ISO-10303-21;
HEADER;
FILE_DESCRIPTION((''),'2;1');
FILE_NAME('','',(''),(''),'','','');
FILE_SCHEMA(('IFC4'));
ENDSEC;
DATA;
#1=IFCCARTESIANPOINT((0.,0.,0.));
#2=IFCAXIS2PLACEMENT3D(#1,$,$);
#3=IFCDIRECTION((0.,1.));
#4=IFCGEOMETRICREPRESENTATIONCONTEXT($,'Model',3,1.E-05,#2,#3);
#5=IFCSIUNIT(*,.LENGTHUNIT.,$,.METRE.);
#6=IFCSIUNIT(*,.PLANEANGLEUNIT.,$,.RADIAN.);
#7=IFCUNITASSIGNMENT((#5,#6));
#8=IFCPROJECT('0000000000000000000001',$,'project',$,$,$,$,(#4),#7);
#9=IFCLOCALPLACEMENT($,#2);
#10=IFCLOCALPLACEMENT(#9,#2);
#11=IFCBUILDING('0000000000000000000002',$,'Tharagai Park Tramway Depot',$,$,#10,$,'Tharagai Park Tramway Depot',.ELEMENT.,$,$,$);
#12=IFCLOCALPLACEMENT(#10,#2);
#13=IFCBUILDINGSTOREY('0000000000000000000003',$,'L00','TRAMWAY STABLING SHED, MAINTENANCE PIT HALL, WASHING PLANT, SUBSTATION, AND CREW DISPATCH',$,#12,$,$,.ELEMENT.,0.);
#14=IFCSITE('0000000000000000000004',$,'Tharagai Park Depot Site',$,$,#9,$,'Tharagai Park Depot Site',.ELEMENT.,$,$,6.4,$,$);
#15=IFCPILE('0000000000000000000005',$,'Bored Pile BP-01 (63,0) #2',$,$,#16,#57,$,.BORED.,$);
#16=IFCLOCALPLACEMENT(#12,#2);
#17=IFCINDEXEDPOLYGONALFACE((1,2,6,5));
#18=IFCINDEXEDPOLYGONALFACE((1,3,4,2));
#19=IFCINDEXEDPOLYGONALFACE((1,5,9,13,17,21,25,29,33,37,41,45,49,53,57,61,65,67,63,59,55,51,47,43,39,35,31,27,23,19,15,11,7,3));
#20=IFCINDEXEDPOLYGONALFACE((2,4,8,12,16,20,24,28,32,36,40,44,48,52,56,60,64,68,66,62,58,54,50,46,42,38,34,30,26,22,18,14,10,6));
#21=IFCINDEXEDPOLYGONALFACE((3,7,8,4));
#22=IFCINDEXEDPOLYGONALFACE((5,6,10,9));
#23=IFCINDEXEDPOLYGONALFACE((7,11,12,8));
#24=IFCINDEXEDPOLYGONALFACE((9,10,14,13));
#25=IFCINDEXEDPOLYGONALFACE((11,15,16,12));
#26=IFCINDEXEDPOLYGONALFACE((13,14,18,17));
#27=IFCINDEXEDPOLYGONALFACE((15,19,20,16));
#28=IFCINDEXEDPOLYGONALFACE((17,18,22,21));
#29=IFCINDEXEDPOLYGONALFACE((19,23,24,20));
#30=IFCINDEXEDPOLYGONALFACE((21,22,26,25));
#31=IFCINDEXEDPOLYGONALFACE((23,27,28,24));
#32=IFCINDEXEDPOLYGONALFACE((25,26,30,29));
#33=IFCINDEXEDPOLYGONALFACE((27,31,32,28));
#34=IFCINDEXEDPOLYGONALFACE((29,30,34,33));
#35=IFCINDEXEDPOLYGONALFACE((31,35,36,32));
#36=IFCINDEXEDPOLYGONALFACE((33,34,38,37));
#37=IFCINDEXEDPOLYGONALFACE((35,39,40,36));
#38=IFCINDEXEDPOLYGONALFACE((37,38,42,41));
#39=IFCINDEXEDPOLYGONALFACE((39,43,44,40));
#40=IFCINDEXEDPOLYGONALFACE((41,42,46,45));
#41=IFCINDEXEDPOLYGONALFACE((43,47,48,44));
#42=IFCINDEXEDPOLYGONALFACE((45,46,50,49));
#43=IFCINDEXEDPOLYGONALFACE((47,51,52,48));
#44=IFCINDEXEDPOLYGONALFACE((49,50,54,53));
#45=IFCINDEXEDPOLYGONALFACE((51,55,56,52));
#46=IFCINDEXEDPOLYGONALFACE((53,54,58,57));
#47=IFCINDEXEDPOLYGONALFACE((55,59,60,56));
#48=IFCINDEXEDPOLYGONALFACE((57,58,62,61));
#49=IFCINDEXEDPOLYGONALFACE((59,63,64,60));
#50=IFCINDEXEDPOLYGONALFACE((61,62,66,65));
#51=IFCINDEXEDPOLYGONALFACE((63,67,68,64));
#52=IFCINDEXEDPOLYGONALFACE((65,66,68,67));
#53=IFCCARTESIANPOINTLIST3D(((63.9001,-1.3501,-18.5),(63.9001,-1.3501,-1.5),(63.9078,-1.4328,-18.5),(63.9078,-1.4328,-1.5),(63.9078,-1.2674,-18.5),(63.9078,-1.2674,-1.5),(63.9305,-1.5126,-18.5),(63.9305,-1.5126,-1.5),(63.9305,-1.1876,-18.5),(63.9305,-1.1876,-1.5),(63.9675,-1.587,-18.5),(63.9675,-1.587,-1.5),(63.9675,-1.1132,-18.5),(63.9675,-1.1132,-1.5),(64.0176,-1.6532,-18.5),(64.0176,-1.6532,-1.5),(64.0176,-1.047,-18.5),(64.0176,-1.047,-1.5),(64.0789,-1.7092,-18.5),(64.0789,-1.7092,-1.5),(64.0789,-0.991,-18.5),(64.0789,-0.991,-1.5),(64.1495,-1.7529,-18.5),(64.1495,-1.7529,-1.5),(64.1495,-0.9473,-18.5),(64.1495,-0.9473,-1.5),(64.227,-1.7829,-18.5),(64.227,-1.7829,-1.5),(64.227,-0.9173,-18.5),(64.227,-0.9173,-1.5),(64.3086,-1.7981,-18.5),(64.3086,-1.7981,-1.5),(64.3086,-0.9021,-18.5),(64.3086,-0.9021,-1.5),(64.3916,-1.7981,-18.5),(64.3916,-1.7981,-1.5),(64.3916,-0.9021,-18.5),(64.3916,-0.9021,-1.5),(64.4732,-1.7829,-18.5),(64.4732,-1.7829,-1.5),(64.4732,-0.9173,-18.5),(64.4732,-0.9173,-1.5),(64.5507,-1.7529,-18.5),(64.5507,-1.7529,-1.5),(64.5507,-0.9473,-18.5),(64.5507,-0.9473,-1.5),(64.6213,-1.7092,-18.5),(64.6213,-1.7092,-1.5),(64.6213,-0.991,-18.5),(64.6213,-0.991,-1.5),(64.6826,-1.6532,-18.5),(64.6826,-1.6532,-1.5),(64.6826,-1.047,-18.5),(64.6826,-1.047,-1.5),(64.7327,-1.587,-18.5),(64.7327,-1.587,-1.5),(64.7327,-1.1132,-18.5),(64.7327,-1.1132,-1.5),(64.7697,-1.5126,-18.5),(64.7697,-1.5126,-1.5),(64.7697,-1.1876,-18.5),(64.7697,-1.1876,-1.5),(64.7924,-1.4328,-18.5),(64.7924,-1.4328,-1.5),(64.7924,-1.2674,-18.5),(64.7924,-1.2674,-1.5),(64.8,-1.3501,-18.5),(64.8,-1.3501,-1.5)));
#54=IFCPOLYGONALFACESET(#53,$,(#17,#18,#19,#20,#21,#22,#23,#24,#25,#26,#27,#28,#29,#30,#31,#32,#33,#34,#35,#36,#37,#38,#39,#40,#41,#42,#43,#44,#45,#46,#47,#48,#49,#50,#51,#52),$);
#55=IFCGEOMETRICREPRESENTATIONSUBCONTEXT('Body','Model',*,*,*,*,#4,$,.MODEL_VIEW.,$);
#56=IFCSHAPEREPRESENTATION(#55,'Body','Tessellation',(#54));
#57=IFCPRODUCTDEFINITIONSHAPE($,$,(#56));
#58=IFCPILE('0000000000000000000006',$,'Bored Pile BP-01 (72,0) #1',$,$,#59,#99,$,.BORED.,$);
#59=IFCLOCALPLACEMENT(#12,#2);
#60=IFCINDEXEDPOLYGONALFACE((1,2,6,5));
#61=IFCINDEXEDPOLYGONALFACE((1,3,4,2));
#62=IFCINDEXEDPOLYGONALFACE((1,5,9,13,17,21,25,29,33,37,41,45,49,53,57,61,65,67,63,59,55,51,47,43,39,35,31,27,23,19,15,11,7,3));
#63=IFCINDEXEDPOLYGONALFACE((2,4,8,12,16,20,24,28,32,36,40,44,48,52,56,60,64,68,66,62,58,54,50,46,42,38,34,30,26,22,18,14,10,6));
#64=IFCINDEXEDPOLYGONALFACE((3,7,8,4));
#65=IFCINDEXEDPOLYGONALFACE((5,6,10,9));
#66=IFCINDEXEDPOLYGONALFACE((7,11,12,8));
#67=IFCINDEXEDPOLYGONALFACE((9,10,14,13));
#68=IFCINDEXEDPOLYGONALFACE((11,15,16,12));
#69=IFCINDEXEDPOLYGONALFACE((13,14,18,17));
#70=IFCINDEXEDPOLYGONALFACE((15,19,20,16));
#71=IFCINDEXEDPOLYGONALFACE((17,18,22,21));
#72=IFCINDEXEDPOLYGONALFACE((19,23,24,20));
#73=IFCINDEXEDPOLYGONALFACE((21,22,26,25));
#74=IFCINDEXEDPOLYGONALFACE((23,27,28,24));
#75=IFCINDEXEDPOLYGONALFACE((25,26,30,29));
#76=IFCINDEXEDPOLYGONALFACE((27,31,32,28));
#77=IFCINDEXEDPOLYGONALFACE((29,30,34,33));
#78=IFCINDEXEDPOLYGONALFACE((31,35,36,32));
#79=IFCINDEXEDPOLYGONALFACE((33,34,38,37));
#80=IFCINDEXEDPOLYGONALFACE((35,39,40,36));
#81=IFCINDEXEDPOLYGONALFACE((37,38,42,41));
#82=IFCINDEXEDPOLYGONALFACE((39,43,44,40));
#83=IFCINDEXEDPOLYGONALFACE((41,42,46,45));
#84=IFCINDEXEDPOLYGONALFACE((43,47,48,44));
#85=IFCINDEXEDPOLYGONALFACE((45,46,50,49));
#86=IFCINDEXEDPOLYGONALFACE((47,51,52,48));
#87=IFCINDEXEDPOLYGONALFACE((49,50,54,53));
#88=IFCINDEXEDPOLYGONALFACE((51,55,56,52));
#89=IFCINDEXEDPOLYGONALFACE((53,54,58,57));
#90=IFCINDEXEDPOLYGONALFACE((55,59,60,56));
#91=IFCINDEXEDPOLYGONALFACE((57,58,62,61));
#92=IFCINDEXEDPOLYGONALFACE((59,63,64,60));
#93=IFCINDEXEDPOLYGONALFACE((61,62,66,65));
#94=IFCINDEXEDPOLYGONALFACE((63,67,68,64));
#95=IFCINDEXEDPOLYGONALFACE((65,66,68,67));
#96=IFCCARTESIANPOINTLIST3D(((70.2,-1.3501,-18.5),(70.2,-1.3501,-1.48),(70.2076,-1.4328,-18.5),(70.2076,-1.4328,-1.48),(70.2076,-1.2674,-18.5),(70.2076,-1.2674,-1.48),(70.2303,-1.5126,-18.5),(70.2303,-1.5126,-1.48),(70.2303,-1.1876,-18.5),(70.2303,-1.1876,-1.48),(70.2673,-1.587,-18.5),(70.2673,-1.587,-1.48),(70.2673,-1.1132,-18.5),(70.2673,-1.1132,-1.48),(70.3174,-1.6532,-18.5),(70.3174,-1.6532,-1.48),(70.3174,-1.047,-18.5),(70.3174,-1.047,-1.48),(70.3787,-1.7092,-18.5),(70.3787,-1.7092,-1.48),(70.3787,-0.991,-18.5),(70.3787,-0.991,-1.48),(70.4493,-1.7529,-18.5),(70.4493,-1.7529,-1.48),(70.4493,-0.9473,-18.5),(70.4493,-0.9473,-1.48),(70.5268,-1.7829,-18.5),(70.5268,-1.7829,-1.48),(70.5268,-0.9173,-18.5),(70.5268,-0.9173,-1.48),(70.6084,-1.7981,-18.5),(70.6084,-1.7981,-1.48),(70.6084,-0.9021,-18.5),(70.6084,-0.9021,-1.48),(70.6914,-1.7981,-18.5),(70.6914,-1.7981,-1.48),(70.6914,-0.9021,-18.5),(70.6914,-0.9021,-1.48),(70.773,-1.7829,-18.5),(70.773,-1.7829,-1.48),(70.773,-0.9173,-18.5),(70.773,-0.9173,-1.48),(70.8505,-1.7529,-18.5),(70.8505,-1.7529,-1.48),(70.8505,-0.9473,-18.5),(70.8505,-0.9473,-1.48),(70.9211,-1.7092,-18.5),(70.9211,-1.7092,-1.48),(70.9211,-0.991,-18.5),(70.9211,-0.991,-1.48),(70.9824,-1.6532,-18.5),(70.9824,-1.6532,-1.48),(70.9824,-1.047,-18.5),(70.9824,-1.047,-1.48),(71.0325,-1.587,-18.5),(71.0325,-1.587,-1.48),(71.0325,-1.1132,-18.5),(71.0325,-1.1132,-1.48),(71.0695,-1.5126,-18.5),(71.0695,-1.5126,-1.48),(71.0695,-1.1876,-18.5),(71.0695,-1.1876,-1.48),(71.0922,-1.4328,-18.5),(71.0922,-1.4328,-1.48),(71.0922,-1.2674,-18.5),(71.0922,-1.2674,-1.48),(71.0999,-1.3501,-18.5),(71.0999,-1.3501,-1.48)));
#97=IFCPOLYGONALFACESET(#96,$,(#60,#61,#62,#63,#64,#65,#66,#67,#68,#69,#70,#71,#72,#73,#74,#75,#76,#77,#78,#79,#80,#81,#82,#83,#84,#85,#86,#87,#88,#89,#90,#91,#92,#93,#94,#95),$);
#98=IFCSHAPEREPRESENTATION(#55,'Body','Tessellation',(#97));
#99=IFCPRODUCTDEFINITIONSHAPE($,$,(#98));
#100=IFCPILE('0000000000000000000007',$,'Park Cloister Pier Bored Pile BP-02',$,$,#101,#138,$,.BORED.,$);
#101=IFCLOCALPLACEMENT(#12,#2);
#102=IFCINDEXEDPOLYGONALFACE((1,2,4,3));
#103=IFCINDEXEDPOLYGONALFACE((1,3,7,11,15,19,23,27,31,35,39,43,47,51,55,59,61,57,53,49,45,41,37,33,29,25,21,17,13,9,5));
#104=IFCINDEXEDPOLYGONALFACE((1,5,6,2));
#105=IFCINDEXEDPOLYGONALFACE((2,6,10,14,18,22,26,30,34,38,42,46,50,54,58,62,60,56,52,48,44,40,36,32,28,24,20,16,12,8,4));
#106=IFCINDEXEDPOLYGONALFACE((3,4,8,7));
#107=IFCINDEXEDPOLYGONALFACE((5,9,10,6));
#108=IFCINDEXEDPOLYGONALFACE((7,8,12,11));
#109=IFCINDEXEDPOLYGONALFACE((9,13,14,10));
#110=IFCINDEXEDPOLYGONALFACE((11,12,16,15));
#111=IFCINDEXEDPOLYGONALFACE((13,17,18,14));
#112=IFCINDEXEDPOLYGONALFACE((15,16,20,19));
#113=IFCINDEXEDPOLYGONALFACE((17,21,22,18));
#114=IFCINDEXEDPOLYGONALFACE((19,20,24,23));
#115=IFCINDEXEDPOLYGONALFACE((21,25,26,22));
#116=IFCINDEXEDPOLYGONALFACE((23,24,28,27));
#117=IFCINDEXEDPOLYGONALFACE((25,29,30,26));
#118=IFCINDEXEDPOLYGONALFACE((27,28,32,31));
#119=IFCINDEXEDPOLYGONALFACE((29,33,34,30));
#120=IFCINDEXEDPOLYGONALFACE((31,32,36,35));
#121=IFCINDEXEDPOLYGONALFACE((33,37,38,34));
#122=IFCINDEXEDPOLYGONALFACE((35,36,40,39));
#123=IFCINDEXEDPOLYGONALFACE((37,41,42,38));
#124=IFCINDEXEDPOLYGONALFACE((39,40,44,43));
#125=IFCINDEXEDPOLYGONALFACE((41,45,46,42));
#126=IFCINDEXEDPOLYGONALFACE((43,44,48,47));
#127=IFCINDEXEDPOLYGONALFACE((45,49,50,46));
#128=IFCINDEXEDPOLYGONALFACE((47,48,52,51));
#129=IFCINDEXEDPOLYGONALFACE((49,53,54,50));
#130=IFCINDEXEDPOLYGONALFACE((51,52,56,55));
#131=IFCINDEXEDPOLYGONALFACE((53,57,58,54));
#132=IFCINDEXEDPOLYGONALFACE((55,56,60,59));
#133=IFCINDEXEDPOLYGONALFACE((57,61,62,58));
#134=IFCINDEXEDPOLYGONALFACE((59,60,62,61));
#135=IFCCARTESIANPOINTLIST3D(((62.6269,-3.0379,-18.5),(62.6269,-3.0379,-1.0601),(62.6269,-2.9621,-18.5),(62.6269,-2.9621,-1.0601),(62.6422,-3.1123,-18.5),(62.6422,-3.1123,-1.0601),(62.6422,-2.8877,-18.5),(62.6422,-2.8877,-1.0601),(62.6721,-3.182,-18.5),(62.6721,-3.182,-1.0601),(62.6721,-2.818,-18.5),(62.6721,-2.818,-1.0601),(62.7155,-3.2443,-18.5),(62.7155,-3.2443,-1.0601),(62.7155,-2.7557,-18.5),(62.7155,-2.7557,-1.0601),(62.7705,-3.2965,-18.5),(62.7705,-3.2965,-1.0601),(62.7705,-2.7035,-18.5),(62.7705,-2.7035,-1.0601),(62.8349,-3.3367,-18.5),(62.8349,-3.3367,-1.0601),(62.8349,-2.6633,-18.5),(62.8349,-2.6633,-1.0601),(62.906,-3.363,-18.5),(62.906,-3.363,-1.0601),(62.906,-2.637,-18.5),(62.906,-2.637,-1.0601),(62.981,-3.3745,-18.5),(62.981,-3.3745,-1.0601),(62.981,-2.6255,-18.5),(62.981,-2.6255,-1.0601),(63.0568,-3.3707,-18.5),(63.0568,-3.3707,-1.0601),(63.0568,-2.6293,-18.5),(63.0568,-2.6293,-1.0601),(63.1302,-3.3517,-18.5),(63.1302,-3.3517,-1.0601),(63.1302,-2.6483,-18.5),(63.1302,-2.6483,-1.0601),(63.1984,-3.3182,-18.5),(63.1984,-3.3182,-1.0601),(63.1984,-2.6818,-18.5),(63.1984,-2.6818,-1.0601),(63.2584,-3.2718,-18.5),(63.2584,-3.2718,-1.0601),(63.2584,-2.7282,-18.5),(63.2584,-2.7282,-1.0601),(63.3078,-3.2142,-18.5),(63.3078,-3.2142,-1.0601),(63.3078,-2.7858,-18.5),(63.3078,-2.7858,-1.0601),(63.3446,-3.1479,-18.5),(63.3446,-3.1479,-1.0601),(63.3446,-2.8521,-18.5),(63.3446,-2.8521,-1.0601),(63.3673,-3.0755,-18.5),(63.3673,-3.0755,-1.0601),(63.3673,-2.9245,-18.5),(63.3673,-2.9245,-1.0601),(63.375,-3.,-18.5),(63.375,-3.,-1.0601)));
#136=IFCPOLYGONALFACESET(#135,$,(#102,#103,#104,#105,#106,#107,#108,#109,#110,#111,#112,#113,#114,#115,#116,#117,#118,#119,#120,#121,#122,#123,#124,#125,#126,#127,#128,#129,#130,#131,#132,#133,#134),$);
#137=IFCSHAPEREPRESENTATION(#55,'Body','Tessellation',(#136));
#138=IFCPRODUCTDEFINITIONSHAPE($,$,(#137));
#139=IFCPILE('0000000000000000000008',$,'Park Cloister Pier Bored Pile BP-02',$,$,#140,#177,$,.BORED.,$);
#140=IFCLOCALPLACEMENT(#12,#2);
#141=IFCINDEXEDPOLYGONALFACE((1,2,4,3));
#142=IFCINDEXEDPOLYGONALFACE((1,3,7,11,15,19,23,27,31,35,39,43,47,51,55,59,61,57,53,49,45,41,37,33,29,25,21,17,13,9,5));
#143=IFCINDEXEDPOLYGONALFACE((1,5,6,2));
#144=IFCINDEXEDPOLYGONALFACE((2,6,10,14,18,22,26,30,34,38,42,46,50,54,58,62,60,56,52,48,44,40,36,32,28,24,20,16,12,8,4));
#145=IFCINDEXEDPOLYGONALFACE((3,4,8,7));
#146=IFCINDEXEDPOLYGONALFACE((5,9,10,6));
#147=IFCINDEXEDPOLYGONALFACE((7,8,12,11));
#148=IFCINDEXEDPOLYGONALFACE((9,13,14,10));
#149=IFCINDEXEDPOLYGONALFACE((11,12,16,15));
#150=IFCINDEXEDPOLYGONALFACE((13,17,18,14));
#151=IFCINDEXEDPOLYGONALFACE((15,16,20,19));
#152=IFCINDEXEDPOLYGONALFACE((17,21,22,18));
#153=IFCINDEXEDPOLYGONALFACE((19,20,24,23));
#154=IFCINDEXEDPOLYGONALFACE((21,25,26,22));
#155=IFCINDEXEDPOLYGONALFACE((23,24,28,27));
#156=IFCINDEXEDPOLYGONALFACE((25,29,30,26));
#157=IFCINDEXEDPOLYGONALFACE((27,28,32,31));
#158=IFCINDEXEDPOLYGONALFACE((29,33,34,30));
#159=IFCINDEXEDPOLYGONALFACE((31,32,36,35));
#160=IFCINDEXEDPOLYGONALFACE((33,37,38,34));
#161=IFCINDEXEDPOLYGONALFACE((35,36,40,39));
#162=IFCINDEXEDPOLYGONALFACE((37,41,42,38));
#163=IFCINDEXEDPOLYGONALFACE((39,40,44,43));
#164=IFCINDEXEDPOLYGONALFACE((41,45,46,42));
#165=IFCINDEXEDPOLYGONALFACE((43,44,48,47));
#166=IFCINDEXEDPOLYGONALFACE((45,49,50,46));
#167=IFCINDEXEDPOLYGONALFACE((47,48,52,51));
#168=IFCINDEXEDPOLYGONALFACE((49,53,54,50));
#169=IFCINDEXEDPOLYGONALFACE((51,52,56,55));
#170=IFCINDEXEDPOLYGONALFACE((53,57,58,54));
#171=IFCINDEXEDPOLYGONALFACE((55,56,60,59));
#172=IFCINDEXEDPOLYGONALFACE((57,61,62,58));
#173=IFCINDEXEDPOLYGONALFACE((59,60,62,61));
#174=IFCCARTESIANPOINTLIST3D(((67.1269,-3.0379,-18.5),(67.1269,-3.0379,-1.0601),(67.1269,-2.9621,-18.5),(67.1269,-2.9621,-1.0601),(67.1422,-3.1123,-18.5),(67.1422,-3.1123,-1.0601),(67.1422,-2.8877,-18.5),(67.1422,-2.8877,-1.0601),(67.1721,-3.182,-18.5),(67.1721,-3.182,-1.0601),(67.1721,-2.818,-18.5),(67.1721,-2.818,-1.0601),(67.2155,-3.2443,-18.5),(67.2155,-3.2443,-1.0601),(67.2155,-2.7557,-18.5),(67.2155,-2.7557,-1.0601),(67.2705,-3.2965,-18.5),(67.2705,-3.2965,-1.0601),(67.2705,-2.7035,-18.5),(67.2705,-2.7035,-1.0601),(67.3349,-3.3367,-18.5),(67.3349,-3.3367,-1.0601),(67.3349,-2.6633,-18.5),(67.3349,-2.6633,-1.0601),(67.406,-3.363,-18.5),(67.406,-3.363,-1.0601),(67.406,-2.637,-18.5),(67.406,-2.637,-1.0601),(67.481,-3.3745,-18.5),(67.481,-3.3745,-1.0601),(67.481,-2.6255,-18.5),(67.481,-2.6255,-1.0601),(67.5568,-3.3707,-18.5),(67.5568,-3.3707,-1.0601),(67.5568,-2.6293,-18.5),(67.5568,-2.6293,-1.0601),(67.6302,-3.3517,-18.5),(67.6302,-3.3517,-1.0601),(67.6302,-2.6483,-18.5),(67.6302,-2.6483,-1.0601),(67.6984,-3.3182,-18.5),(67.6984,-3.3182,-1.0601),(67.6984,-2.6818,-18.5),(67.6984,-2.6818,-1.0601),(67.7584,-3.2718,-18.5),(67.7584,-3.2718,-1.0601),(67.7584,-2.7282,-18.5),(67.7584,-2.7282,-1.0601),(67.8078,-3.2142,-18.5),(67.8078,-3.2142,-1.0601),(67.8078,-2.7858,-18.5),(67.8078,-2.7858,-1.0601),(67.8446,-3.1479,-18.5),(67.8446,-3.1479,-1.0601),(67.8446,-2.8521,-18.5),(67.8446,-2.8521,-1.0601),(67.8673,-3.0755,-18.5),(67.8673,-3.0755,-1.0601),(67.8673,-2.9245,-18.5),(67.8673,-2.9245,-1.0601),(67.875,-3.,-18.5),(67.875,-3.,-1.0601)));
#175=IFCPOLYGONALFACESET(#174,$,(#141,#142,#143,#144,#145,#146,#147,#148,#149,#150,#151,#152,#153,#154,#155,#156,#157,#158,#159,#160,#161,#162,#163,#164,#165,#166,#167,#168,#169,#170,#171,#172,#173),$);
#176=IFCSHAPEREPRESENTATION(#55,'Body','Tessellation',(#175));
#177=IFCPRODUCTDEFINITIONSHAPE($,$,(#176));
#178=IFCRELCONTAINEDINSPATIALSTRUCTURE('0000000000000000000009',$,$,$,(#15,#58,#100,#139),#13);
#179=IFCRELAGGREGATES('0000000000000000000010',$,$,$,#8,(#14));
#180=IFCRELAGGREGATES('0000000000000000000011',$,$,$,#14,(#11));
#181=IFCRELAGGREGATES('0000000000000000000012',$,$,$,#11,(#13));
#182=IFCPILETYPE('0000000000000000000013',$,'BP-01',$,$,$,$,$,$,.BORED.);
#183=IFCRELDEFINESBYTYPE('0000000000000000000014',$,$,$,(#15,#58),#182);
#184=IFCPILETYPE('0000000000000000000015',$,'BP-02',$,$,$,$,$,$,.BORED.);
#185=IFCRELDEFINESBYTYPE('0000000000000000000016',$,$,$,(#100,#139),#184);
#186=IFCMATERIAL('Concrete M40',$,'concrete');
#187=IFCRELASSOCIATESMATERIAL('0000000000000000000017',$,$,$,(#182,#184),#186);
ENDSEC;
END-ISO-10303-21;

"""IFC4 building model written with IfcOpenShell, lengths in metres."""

from ifc_helpers import new_model, si_unit, direction, frame, origin, origin_2d, place, context, subcontext, project, spatial, circle, extrude, material, material_profile, profile_set, type_object, element, save


model = new_model("IFC4")

# Units and contexts
model_context = context("Model", 3, precision=1e-05, world=origin(), true_north=direction((0.0, 1.0)))
body_context = subcontext(model_context, "Body", "Model", "MODEL_VIEW")
ifc_project = project(units=[si_unit("LENGTHUNIT", "METRE"), si_unit("PLANEANGLEUNIT", "RADIAN")], contexts=[model_context])

# Site, building, storey
site_placement = place(None, origin())
site = spatial("IfcSite", under=ifc_project, at=site_placement, Name="Tharagai Park Depot Site", LongName="Tharagai Park Depot Site", CompositionType="ELEMENT", RefElevation=6.4)
building_placement = place(site_placement, origin())
building = spatial("IfcBuilding", under=site, at=building_placement, Name="Tharagai Park Tramway Depot", LongName="Tharagai Park Tramway Depot", CompositionType="ELEMENT")
storey_placement = place(building_placement, origin())
storey = spatial("IfcBuildingStorey", under=building, at=storey_placement, Name="L00", Description="TRAMWAY STABLING SHED, MAINTENANCE PIT HALL, WASHING PLANT, SUBSTATION, AND CREW DISPATCH", CompositionType="ELEMENT", Elevation=0.0)

# Piles
ifc_material_1 = material(Name="Concrete M40", Category="concrete")
ifc_material_profile_1 = material_profile(ifc_material_1, circle(Radius=0.45, at=origin_2d()), Name="PILE D900")
ifc_profile_set_1 = profile_set([ifc_material_profile_1], Name="Concrete M40")
pile_type_1 = type_object("IfcPileType", Name="BP-01", PredefinedType="BORED", material=ifc_profile_set_1)
pile_1_placement = place(storey_placement, frame((64.3501, -1.3501, -1.5), z_axis=(0.0, 0.0, -1.0), x_axis=(1.0, 0.0, 0.0)))
element("IfcPile", 1, at=pile_1_placement, inside=storey, type_object=pile_type_1, Name="Bored Pile BP-01 (63,0) #2", PredefinedType="BORED", context=body_context, shape_type="SweptSolid", body=[
    extrude(circle(Radius=0.45, at=origin_2d()), origin(), (0.0, 0.0, 1.0), 17.0),
])
pile_2_placement = place(storey_placement, frame((70.6499, -1.3501, -1.48), z_axis=(0.0, 0.0, -1.0), x_axis=(1.0, 0.0, 0.0)))
element("IfcPile", 2, at=pile_2_placement, inside=storey, type_object=pile_type_1, Name="Bored Pile BP-01 (72,0) #1", PredefinedType="BORED", context=body_context, shape_type="SweptSolid", body=[
    extrude(circle(Radius=0.45, at=origin_2d()), origin(), (0.0, 0.0, 1.0), 17.02),
])
ifc_material_profile_2 = material_profile(ifc_material_1, circle(Radius=0.375, at=origin_2d()), Name="PILE D750")
ifc_profile_set_2 = profile_set([ifc_material_profile_2], Name="Concrete M40")
pile_type_2 = type_object("IfcPileType", Name="BP-02", PredefinedType="BORED", material=ifc_profile_set_2)
for number, where, z_axis, x_axis, name in (
    (3, (63.0, -3.0, -1.0601), (0.0, 0.0, -1.0), (1.0, 0.0, 0.0), "Park Cloister Pier Bored Pile BP-02"),
    (4, (67.5, -3.0, -1.0601), (0.0, 0.0, -1.0), (1.0, 0.0, 0.0), "Park Cloister Pier Bored Pile BP-02"),
):
    element("IfcPile", number, at=place(storey_placement, frame(where, z_axis=z_axis, x_axis=x_axis)), inside=storey, type_object=pile_type_2, Name=name, PredefinedType="BORED", context=body_context, shape_type="SweptSolid", body=[
        extrude(circle(Radius=0.375, at=origin_2d()), origin(), (0.0, 0.0, 1.0), 17.4399),
    ])

save(model, "model.ifc")
